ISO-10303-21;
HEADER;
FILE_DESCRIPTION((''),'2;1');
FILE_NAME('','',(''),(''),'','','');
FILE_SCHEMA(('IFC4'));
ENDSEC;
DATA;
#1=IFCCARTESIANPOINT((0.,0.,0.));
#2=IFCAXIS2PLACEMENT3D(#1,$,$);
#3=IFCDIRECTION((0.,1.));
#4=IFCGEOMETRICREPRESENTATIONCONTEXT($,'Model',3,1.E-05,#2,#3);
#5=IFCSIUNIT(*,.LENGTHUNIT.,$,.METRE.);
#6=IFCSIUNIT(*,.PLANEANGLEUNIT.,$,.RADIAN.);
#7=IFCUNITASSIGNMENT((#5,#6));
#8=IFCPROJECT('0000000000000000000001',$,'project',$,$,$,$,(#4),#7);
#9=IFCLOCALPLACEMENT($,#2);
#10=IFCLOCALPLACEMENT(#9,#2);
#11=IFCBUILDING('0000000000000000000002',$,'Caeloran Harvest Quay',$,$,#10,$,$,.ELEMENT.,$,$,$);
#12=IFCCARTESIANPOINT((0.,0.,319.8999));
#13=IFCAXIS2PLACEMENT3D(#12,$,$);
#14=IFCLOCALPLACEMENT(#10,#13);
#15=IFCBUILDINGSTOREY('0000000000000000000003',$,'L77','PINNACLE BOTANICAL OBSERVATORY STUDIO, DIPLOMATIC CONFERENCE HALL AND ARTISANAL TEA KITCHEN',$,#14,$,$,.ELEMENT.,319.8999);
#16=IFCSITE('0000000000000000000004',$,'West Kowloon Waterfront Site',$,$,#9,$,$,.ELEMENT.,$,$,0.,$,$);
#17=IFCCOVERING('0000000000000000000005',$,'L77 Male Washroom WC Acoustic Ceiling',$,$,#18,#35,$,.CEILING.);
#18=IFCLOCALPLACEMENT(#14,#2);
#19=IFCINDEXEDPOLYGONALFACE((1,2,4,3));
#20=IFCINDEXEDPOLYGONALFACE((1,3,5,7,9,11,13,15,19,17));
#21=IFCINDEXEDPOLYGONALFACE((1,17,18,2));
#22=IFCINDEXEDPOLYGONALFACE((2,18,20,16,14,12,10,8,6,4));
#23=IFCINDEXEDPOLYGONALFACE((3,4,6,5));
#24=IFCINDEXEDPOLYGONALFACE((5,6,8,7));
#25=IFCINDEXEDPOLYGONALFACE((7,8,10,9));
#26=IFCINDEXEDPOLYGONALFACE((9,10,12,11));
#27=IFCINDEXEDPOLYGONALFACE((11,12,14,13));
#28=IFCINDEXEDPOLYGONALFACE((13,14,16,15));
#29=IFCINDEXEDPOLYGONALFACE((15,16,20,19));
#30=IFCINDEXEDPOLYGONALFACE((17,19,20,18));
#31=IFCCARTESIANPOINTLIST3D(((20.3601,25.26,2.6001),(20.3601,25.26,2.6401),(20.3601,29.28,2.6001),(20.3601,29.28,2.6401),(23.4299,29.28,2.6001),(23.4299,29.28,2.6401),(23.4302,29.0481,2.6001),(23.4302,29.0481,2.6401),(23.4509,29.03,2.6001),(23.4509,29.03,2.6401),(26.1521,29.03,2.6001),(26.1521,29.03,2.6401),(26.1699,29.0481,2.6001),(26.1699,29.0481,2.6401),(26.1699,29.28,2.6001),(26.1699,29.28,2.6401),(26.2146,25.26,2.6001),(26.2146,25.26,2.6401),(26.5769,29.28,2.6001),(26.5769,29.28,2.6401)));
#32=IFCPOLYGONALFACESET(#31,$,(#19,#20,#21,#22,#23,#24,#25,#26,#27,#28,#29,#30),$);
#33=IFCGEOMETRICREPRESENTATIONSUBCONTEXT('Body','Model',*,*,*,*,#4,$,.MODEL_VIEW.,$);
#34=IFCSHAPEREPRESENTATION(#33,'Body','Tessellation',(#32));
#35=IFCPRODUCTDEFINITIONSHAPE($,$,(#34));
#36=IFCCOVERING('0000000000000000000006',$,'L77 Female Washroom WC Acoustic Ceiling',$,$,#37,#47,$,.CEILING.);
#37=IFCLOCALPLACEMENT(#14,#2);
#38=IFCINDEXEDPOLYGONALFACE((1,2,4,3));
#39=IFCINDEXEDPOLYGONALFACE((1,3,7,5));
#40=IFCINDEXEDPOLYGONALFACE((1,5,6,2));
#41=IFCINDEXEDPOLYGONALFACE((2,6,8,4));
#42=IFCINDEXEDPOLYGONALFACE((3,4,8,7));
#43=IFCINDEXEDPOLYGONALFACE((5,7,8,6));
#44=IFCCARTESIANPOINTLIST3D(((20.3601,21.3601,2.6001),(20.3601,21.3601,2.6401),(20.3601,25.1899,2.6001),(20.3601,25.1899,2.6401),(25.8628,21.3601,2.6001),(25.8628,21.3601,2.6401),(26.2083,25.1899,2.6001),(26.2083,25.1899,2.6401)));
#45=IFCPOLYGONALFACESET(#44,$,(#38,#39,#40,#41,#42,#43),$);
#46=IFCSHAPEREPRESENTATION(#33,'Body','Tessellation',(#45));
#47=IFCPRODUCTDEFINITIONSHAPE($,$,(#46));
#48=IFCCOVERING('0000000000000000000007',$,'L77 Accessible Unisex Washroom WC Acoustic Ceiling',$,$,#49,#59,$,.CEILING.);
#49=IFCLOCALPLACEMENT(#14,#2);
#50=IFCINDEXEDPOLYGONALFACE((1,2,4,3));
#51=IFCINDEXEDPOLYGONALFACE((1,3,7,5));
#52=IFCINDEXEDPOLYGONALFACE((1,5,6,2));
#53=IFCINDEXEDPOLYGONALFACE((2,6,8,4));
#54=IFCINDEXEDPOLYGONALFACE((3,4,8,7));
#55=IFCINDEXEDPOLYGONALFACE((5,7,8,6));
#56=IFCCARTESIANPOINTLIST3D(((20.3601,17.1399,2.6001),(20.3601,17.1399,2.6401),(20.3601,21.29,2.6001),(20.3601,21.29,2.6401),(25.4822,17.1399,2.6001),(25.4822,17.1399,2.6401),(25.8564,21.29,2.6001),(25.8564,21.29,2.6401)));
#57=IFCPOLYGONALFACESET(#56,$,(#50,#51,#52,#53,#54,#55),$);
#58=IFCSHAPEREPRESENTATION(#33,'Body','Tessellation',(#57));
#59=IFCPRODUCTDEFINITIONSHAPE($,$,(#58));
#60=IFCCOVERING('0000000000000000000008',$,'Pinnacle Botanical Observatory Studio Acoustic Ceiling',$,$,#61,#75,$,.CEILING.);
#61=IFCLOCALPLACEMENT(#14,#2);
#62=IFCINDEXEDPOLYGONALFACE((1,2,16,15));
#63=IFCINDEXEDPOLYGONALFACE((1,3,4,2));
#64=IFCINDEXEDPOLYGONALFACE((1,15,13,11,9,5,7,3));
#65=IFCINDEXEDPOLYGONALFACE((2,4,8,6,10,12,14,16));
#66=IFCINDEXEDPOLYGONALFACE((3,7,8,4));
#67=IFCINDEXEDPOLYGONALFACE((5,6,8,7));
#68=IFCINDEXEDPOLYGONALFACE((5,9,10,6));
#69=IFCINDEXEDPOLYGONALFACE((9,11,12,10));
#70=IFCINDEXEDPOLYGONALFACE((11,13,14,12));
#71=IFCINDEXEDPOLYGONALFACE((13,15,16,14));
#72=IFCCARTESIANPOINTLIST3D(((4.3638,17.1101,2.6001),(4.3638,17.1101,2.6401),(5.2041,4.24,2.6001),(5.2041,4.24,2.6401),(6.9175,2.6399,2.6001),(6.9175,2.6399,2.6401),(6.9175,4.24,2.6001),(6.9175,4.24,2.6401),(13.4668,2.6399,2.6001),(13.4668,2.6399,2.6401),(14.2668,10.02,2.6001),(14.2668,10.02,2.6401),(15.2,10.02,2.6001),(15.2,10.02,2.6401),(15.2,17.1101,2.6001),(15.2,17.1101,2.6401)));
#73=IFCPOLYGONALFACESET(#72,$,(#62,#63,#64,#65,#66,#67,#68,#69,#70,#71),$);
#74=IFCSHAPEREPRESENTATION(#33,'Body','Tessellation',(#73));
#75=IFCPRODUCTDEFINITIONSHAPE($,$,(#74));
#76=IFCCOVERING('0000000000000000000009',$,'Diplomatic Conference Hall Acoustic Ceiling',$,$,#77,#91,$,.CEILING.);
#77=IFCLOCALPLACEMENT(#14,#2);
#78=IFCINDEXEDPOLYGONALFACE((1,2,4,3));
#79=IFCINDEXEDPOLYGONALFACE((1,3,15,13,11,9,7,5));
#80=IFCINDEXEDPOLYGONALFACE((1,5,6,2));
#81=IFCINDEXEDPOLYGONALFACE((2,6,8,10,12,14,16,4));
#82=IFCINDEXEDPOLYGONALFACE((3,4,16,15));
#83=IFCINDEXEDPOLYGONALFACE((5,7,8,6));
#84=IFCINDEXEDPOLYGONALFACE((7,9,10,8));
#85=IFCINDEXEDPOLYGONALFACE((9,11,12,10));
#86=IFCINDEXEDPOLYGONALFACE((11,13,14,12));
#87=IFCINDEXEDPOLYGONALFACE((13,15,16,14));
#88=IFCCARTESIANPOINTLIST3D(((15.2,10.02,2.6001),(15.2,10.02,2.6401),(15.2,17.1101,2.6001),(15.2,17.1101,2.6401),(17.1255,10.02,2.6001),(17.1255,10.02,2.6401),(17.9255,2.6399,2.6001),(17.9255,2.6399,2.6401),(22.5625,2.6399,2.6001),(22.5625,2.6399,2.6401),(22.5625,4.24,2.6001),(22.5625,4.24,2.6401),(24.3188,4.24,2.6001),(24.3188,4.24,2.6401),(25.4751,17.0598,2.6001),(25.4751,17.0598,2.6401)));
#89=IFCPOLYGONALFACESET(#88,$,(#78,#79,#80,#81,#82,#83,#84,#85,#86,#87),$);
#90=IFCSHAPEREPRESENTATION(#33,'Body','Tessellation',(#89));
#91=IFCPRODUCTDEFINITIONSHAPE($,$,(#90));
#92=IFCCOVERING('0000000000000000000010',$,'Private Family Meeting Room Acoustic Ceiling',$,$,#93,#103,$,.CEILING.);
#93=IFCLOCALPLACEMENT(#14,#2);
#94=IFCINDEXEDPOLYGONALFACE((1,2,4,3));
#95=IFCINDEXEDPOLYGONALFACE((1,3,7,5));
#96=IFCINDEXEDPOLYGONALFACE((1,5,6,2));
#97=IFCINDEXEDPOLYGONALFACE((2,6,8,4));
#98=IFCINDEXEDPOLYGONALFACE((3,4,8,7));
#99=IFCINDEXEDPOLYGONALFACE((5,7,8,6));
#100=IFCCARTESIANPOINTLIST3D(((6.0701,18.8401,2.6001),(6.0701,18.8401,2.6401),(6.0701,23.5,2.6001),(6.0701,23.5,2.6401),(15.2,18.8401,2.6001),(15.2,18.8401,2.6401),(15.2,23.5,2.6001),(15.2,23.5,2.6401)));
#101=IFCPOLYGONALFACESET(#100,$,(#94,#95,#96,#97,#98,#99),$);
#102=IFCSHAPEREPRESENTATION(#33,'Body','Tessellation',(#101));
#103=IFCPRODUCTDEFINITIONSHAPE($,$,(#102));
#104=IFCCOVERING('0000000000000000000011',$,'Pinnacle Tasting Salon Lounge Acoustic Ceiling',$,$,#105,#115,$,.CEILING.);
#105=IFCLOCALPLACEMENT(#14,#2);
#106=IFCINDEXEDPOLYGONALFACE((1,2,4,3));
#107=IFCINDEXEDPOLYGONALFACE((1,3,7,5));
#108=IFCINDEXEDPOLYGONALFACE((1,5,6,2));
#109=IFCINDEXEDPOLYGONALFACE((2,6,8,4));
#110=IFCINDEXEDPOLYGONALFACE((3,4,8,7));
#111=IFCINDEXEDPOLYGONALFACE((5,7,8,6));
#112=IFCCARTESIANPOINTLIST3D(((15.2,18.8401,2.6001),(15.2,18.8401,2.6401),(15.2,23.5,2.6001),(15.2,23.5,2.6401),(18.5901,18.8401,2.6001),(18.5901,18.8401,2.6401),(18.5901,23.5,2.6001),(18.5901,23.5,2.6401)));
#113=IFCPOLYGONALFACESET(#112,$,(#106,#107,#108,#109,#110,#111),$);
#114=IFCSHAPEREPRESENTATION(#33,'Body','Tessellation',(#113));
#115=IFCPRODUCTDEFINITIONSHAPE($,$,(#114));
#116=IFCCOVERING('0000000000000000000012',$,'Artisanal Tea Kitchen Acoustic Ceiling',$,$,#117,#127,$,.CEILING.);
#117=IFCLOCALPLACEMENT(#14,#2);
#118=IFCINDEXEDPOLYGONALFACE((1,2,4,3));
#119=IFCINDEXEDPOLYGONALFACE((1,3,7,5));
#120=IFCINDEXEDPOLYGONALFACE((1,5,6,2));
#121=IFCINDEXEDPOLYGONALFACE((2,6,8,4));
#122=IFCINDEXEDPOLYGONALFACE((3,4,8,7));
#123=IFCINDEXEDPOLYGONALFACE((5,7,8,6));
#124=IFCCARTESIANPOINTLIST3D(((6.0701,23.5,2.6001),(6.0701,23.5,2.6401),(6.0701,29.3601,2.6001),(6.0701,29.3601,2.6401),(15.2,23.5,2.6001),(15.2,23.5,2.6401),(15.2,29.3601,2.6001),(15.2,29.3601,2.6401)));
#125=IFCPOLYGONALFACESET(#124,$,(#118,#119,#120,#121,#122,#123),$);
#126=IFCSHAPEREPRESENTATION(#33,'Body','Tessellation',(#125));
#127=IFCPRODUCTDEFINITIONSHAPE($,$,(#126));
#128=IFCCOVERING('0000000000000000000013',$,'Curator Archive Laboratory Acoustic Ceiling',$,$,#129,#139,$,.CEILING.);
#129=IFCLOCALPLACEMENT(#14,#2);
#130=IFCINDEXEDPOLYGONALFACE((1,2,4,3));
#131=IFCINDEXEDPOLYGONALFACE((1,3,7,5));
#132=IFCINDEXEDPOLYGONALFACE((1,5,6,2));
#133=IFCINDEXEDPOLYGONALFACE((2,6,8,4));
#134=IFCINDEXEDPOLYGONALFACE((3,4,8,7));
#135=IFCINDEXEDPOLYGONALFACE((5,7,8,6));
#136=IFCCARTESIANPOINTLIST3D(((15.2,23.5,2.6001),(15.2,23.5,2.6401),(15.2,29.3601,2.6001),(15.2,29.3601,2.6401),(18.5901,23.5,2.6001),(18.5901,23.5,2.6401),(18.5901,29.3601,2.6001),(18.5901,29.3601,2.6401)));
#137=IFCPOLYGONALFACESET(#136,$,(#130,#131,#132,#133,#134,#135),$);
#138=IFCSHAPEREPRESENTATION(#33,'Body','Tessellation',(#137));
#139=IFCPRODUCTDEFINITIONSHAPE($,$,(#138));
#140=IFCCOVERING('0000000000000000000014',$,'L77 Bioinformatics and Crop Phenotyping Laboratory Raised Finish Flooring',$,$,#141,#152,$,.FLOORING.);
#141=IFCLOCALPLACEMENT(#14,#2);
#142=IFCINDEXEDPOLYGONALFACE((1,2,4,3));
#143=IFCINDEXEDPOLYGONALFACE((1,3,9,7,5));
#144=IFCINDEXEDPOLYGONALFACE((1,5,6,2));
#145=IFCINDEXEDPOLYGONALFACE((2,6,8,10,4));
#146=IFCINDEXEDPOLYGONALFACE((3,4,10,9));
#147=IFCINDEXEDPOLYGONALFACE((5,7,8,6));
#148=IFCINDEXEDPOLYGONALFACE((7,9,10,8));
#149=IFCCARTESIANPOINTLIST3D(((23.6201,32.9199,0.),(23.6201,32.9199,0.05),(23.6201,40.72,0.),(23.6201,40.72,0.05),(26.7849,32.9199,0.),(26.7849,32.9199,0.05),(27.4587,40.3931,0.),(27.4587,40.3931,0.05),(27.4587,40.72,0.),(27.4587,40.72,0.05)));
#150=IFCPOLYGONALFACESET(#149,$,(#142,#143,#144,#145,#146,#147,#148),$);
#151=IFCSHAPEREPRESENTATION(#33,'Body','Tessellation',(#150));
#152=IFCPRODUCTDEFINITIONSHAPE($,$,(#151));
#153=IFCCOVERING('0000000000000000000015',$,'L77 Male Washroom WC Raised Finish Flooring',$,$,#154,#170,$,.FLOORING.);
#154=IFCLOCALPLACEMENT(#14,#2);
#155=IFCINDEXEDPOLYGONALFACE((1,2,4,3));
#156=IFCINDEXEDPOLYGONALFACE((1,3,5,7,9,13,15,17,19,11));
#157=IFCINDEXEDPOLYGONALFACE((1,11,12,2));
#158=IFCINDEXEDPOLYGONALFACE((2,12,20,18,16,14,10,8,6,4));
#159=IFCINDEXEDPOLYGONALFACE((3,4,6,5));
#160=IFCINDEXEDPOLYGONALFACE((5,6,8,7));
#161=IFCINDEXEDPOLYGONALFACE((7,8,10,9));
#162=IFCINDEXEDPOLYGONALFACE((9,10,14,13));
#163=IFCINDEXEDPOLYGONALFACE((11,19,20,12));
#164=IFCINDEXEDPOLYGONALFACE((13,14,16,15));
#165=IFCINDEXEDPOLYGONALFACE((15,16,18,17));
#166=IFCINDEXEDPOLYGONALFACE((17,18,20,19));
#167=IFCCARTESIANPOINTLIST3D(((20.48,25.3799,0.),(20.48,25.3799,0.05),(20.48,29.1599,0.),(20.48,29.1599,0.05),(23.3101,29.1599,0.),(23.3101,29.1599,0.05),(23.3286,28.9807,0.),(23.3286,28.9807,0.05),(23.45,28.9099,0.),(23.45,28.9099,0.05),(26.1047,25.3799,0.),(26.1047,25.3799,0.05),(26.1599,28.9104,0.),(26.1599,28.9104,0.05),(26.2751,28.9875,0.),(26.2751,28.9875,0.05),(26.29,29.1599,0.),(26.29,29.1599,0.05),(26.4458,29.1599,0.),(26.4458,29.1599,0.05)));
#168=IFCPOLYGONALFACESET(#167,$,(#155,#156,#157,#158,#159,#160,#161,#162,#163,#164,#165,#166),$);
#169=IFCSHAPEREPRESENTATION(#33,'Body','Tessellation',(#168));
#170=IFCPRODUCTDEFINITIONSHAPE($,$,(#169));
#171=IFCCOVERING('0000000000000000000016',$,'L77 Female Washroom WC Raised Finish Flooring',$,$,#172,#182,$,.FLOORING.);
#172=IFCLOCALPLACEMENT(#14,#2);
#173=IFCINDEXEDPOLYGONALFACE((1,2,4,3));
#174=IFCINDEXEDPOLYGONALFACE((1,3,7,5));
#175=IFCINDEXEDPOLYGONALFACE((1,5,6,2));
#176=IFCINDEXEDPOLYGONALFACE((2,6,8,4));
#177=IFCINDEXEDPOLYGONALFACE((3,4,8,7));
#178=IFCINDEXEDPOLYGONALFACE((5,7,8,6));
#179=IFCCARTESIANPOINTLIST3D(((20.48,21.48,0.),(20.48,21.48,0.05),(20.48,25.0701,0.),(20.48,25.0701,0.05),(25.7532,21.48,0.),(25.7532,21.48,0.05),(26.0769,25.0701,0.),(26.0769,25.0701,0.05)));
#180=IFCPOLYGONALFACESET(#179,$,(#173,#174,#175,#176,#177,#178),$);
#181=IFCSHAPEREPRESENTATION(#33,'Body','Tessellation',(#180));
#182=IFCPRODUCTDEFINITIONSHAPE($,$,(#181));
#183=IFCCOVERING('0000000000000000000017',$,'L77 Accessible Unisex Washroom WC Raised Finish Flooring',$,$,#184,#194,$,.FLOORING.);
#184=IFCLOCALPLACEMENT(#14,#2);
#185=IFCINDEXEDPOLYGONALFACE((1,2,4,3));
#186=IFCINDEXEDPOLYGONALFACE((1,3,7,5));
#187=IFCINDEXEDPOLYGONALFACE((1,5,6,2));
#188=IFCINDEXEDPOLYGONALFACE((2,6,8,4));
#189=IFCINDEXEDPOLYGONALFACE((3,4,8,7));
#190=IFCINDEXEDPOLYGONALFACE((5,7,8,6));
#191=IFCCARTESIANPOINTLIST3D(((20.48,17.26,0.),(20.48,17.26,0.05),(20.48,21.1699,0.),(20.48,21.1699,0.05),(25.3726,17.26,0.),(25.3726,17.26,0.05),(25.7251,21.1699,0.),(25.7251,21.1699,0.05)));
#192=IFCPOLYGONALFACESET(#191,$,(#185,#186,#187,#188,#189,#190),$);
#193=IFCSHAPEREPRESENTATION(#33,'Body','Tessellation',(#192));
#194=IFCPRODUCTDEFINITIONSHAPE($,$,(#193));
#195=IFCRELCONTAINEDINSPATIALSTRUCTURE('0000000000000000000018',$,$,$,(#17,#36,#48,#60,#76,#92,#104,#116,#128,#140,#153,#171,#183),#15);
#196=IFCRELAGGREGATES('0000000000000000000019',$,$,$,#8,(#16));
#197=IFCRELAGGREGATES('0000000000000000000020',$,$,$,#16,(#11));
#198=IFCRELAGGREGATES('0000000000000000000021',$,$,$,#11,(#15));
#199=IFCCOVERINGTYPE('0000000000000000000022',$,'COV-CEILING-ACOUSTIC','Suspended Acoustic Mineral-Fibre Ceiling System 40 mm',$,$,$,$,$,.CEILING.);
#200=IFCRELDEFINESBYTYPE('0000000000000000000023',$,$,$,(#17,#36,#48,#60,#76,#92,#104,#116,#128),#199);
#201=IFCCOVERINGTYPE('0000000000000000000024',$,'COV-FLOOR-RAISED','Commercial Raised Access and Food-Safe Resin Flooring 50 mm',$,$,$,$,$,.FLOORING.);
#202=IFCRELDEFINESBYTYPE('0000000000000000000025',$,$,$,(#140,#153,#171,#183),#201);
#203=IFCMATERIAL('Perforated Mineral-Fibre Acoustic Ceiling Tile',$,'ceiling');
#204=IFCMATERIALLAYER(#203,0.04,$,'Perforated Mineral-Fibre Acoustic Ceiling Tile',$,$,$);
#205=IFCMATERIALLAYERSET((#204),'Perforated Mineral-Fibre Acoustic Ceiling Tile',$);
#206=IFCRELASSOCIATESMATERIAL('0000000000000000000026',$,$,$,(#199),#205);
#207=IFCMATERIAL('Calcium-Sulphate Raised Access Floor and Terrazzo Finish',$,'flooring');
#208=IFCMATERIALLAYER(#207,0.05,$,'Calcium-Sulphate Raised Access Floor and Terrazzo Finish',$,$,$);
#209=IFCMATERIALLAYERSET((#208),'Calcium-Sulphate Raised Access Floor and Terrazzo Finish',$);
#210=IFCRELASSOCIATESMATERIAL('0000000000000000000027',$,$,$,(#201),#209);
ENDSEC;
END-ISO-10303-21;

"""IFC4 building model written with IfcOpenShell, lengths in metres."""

from ifc_helpers import new_model, si_unit, direction, frame, origin, place, context, subcontext, project, spatial, polyline, outline, extrude, material, layer, layer_set, type_object, element, save


model = new_model("IFC4")

# Units and contexts
model_context = context("Model", 3, precision=1e-05, world=origin(), true_north=direction((0.0, 1.0)))
body_context = subcontext(model_context, "Body", "Model", "MODEL_VIEW")
ifc_project = project(units=[si_unit("LENGTHUNIT", "METRE"), si_unit("PLANEANGLEUNIT", "RADIAN")], contexts=[model_context])

# Site, building, storey
site_placement = place(None, origin())
site = spatial("IfcSite", under=ifc_project, at=site_placement, Name="West Kowloon Waterfront Site", CompositionType="ELEMENT", RefElevation=0.0)
building_placement = place(site_placement, origin())
building = spatial("IfcBuilding", under=site, at=building_placement, Name="Caeloran Harvest Quay", CompositionType="ELEMENT")
storey_placement = place(building_placement, frame((0.0, 0.0, 319.8999)))
storey = spatial("IfcBuildingStorey", under=building, at=storey_placement, Name="L77", Description="PINNACLE BOTANICAL OBSERVATORY STUDIO, DIPLOMATIC CONFERENCE HALL AND ARTISANAL TEA KITCHEN", CompositionType="ELEMENT", Elevation=319.8999)

# Coverings
ifc_material_1 = material(Name="Perforated Mineral-Fibre Acoustic Ceiling Tile", Category="ceiling")
ifc_layer_1 = layer(ifc_material_1, 0.04, Name="Perforated Mineral-Fibre Acoustic Ceiling Tile")
ifc_layer_set_1 = layer_set([ifc_layer_1], Name="Perforated Mineral-Fibre Acoustic Ceiling Tile")
covering_type_1 = type_object("IfcCoveringType", Name="COV-CEILING-ACOUSTIC", Description="Suspended Acoustic Mineral-Fibre Ceiling System 40 mm", PredefinedType="CEILING", material=ifc_layer_set_1)
covering_1_placement = place(storey_placement, frame((0.0, 0.0, 2.6001)))
element("IfcCovering", 1, at=covering_1_placement, inside=storey, type_object=covering_type_1, Name="L77 Male Washroom WC Acoustic Ceiling", PredefinedType="CEILING", context=body_context, shape_type="SweptSolid", body=[
    extrude(outline(polyline([(23.4299, 29.28), (23.4302, 29.0481), (23.4509, 29.03), (26.1521, 29.03), (26.1699, 29.0481), (26.1699, 29.28), (26.5769, 29.28), (26.2146, 25.26), (20.3601, 25.26), (20.3601, 29.28), (23.4299, 29.28)])), origin(), (0.0, 0.0, 1.0), 0.04),
])
covering_2_placement = place(storey_placement, frame((0.0, 0.0, 2.6001)))
element("IfcCovering", 2, at=covering_2_placement, inside=storey, type_object=covering_type_1, Name="L77 Female Washroom WC Acoustic Ceiling", PredefinedType="CEILING", context=body_context, shape_type="SweptSolid", body=[
    extrude(outline(polyline([(26.2083, 25.1899), (25.8628, 21.3601), (20.3601, 21.3601), (20.3601, 25.1899), (26.2083, 25.1899)])), origin(), (0.0, 0.0, 1.0), 0.04),
])
covering_3_placement = place(storey_placement, frame((0.0, 0.0, 2.6001)))
element("IfcCovering", 3, at=covering_3_placement, inside=storey, type_object=covering_type_1, Name="L77 Accessible Unisex Washroom WC Acoustic Ceiling", PredefinedType="CEILING", context=body_context, shape_type="SweptSolid", body=[
    extrude(outline(polyline([(25.8564, 21.29), (25.4822, 17.1399), (20.3601, 17.1399), (20.3601, 21.29), (25.8564, 21.29)])), origin(), (0.0, 0.0, 1.0), 0.04),
])
covering_4_placement = place(storey_placement, frame((0.0, 0.0, 2.6001)))
element("IfcCovering", 4, at=covering_4_placement, inside=storey, type_object=covering_type_1, Name="Pinnacle Botanical Observatory Studio Acoustic Ceiling", PredefinedType="CEILING", context=body_context, shape_type="SweptSolid", body=[
    extrude(outline(polyline([(14.2668, 10.02), (13.4668, 2.6399), (6.9175, 2.6399), (6.9175, 4.24), (5.2041, 4.24), (4.3638, 17.1101), (15.2, 17.1101), (15.2, 10.02), (14.2668, 10.02)])), origin(), (0.0, 0.0, 1.0), 0.04),
])
covering_5_placement = place(storey_placement, frame((0.0, 0.0, 2.6001)))
element("IfcCovering", 5, at=covering_5_placement, inside=storey, type_object=covering_type_1, Name="Diplomatic Conference Hall Acoustic Ceiling", PredefinedType="CEILING", context=body_context, shape_type="SweptSolid", body=[
    extrude(outline(polyline([(22.5625, 4.24), (22.5625, 2.6399), (17.9255, 2.6399), (17.1255, 10.02), (15.2, 10.02), (15.2, 17.1101), (25.4751, 17.0598), (24.3188, 4.24), (22.5625, 4.24)])), origin(), (0.0, 0.0, 1.0), 0.04),
])
covering_6_placement = place(storey_placement, frame((0.0, 0.0, 2.6001)))
element("IfcCovering", 6, at=covering_6_placement, inside=storey, type_object=covering_type_1, Name="Private Family Meeting Room Acoustic Ceiling", PredefinedType="CEILING", context=body_context, shape_type="SweptSolid", body=[
    extrude(outline(polyline([(6.0701, 18.8401), (6.0701, 23.5), (15.2, 23.5), (15.2, 18.8401), (6.0701, 18.8401)])), origin(), (0.0, 0.0, 1.0), 0.04),
])
covering_7_placement = place(storey_placement, frame((0.0, 0.0, 2.6001)))
element("IfcCovering", 7, at=covering_7_placement, inside=storey, type_object=covering_type_1, Name="Pinnacle Tasting Salon Lounge Acoustic Ceiling", PredefinedType="CEILING", context=body_context, shape_type="SweptSolid", body=[
    extrude(outline(polyline([(18.5901, 23.5), (18.5901, 18.8401), (15.2, 18.8401), (15.2, 23.5), (18.5901, 23.5)])), origin(), (0.0, 0.0, 1.0), 0.04),
])
covering_8_placement = place(storey_placement, frame((0.0, 0.0, 2.6001)))
element("IfcCovering", 8, at=covering_8_placement, inside=storey, type_object=covering_type_1, Name="Artisanal Tea Kitchen Acoustic Ceiling", PredefinedType="CEILING", context=body_context, shape_type="SweptSolid", body=[
    extrude(outline(polyline([(6.0701, 29.3601), (15.2, 29.3601), (15.2, 23.5), (6.0701, 23.5), (6.0701, 29.3601)])), origin(), (0.0, 0.0, 1.0), 0.04),
])
covering_9_placement = place(storey_placement, frame((0.0, 0.0, 2.6001)))
element("IfcCovering", 9, at=covering_9_placement, inside=storey, type_object=covering_type_1, Name="Curator Archive Laboratory Acoustic Ceiling", PredefinedType="CEILING", context=body_context, shape_type="SweptSolid", body=[
    extrude(outline(polyline([(15.2, 29.3601), (18.5901, 29.3601), (18.5901, 23.5), (15.2, 23.5), (15.2, 29.3601)])), origin(), (0.0, 0.0, 1.0), 0.04),
])
ifc_material_2 = material(Name="Calcium-Sulphate Raised Access Floor and Terrazzo Finish", Category="flooring")
ifc_layer_2 = layer(ifc_material_2, 0.05, Name="Calcium-Sulphate Raised Access Floor and Terrazzo Finish")
ifc_layer_set_2 = layer_set([ifc_layer_2], Name="Calcium-Sulphate Raised Access Floor and Terrazzo Finish")
covering_type_2 = type_object("IfcCoveringType", Name="COV-FLOOR-RAISED", Description="Commercial Raised Access and Food-Safe Resin Flooring 50 mm", PredefinedType="FLOORING", material=ifc_layer_set_2)
covering_10_placement = place(storey_placement, origin())
element("IfcCovering", 10, at=covering_10_placement, inside=storey, type_object=covering_type_2, Name="L77 Bioinformatics and Crop Phenotyping Laboratory Raised Finish Flooring", PredefinedType="FLOORING", context=body_context, shape_type="SweptSolid", body=[
    extrude(outline(polyline([(27.4587, 40.3931), (26.7849, 32.9199), (23.6201, 32.9199), (23.6201, 40.72), (27.4587, 40.72), (27.4587, 40.3931)])), origin(), (0.0, 0.0, 1.0), 0.05),
])
covering_11_placement = place(storey_placement, origin())
element("IfcCovering", 11, at=covering_11_placement, inside=storey, type_object=covering_type_2, Name="L77 Male Washroom WC Raised Finish Flooring", PredefinedType="FLOORING", context=body_context, shape_type="SweptSolid", body=[
    extrude(outline(polyline([(23.3101, 29.1599), (23.3286, 28.9807), (23.45, 28.9099), (26.1599, 28.9104), (26.2751, 28.9875), (26.29, 29.1599), (26.4458, 29.1599), (26.1047, 25.3799), (20.48, 25.3799), (20.48, 29.1599), (23.3101, 29.1599)])), origin(), (0.0, 0.0, 1.0), 0.05),
])
covering_12_placement = place(storey_placement, origin())
element("IfcCovering", 12, at=covering_12_placement, inside=storey, type_object=covering_type_2, Name="L77 Female Washroom WC Raised Finish Flooring", PredefinedType="FLOORING", context=body_context, shape_type="SweptSolid", body=[
    extrude(outline(polyline([(26.0769, 25.0701), (25.7532, 21.48), (20.48, 21.48), (20.48, 25.0701), (26.0769, 25.0701)])), origin(), (0.0, 0.0, 1.0), 0.05),
])
covering_13_placement = place(storey_placement, origin())
element("IfcCovering", 13, at=covering_13_placement, inside=storey, type_object=covering_type_2, Name="L77 Accessible Unisex Washroom WC Raised Finish Flooring", PredefinedType="FLOORING", context=body_context, shape_type="SweptSolid", body=[
    extrude(outline(polyline([(25.7251, 21.1699), (25.3726, 17.26), (20.48, 17.26), (20.48, 21.1699), (25.7251, 21.1699)])), origin(), (0.0, 0.0, 1.0), 0.05),
])

save(model, "model.ifc")
